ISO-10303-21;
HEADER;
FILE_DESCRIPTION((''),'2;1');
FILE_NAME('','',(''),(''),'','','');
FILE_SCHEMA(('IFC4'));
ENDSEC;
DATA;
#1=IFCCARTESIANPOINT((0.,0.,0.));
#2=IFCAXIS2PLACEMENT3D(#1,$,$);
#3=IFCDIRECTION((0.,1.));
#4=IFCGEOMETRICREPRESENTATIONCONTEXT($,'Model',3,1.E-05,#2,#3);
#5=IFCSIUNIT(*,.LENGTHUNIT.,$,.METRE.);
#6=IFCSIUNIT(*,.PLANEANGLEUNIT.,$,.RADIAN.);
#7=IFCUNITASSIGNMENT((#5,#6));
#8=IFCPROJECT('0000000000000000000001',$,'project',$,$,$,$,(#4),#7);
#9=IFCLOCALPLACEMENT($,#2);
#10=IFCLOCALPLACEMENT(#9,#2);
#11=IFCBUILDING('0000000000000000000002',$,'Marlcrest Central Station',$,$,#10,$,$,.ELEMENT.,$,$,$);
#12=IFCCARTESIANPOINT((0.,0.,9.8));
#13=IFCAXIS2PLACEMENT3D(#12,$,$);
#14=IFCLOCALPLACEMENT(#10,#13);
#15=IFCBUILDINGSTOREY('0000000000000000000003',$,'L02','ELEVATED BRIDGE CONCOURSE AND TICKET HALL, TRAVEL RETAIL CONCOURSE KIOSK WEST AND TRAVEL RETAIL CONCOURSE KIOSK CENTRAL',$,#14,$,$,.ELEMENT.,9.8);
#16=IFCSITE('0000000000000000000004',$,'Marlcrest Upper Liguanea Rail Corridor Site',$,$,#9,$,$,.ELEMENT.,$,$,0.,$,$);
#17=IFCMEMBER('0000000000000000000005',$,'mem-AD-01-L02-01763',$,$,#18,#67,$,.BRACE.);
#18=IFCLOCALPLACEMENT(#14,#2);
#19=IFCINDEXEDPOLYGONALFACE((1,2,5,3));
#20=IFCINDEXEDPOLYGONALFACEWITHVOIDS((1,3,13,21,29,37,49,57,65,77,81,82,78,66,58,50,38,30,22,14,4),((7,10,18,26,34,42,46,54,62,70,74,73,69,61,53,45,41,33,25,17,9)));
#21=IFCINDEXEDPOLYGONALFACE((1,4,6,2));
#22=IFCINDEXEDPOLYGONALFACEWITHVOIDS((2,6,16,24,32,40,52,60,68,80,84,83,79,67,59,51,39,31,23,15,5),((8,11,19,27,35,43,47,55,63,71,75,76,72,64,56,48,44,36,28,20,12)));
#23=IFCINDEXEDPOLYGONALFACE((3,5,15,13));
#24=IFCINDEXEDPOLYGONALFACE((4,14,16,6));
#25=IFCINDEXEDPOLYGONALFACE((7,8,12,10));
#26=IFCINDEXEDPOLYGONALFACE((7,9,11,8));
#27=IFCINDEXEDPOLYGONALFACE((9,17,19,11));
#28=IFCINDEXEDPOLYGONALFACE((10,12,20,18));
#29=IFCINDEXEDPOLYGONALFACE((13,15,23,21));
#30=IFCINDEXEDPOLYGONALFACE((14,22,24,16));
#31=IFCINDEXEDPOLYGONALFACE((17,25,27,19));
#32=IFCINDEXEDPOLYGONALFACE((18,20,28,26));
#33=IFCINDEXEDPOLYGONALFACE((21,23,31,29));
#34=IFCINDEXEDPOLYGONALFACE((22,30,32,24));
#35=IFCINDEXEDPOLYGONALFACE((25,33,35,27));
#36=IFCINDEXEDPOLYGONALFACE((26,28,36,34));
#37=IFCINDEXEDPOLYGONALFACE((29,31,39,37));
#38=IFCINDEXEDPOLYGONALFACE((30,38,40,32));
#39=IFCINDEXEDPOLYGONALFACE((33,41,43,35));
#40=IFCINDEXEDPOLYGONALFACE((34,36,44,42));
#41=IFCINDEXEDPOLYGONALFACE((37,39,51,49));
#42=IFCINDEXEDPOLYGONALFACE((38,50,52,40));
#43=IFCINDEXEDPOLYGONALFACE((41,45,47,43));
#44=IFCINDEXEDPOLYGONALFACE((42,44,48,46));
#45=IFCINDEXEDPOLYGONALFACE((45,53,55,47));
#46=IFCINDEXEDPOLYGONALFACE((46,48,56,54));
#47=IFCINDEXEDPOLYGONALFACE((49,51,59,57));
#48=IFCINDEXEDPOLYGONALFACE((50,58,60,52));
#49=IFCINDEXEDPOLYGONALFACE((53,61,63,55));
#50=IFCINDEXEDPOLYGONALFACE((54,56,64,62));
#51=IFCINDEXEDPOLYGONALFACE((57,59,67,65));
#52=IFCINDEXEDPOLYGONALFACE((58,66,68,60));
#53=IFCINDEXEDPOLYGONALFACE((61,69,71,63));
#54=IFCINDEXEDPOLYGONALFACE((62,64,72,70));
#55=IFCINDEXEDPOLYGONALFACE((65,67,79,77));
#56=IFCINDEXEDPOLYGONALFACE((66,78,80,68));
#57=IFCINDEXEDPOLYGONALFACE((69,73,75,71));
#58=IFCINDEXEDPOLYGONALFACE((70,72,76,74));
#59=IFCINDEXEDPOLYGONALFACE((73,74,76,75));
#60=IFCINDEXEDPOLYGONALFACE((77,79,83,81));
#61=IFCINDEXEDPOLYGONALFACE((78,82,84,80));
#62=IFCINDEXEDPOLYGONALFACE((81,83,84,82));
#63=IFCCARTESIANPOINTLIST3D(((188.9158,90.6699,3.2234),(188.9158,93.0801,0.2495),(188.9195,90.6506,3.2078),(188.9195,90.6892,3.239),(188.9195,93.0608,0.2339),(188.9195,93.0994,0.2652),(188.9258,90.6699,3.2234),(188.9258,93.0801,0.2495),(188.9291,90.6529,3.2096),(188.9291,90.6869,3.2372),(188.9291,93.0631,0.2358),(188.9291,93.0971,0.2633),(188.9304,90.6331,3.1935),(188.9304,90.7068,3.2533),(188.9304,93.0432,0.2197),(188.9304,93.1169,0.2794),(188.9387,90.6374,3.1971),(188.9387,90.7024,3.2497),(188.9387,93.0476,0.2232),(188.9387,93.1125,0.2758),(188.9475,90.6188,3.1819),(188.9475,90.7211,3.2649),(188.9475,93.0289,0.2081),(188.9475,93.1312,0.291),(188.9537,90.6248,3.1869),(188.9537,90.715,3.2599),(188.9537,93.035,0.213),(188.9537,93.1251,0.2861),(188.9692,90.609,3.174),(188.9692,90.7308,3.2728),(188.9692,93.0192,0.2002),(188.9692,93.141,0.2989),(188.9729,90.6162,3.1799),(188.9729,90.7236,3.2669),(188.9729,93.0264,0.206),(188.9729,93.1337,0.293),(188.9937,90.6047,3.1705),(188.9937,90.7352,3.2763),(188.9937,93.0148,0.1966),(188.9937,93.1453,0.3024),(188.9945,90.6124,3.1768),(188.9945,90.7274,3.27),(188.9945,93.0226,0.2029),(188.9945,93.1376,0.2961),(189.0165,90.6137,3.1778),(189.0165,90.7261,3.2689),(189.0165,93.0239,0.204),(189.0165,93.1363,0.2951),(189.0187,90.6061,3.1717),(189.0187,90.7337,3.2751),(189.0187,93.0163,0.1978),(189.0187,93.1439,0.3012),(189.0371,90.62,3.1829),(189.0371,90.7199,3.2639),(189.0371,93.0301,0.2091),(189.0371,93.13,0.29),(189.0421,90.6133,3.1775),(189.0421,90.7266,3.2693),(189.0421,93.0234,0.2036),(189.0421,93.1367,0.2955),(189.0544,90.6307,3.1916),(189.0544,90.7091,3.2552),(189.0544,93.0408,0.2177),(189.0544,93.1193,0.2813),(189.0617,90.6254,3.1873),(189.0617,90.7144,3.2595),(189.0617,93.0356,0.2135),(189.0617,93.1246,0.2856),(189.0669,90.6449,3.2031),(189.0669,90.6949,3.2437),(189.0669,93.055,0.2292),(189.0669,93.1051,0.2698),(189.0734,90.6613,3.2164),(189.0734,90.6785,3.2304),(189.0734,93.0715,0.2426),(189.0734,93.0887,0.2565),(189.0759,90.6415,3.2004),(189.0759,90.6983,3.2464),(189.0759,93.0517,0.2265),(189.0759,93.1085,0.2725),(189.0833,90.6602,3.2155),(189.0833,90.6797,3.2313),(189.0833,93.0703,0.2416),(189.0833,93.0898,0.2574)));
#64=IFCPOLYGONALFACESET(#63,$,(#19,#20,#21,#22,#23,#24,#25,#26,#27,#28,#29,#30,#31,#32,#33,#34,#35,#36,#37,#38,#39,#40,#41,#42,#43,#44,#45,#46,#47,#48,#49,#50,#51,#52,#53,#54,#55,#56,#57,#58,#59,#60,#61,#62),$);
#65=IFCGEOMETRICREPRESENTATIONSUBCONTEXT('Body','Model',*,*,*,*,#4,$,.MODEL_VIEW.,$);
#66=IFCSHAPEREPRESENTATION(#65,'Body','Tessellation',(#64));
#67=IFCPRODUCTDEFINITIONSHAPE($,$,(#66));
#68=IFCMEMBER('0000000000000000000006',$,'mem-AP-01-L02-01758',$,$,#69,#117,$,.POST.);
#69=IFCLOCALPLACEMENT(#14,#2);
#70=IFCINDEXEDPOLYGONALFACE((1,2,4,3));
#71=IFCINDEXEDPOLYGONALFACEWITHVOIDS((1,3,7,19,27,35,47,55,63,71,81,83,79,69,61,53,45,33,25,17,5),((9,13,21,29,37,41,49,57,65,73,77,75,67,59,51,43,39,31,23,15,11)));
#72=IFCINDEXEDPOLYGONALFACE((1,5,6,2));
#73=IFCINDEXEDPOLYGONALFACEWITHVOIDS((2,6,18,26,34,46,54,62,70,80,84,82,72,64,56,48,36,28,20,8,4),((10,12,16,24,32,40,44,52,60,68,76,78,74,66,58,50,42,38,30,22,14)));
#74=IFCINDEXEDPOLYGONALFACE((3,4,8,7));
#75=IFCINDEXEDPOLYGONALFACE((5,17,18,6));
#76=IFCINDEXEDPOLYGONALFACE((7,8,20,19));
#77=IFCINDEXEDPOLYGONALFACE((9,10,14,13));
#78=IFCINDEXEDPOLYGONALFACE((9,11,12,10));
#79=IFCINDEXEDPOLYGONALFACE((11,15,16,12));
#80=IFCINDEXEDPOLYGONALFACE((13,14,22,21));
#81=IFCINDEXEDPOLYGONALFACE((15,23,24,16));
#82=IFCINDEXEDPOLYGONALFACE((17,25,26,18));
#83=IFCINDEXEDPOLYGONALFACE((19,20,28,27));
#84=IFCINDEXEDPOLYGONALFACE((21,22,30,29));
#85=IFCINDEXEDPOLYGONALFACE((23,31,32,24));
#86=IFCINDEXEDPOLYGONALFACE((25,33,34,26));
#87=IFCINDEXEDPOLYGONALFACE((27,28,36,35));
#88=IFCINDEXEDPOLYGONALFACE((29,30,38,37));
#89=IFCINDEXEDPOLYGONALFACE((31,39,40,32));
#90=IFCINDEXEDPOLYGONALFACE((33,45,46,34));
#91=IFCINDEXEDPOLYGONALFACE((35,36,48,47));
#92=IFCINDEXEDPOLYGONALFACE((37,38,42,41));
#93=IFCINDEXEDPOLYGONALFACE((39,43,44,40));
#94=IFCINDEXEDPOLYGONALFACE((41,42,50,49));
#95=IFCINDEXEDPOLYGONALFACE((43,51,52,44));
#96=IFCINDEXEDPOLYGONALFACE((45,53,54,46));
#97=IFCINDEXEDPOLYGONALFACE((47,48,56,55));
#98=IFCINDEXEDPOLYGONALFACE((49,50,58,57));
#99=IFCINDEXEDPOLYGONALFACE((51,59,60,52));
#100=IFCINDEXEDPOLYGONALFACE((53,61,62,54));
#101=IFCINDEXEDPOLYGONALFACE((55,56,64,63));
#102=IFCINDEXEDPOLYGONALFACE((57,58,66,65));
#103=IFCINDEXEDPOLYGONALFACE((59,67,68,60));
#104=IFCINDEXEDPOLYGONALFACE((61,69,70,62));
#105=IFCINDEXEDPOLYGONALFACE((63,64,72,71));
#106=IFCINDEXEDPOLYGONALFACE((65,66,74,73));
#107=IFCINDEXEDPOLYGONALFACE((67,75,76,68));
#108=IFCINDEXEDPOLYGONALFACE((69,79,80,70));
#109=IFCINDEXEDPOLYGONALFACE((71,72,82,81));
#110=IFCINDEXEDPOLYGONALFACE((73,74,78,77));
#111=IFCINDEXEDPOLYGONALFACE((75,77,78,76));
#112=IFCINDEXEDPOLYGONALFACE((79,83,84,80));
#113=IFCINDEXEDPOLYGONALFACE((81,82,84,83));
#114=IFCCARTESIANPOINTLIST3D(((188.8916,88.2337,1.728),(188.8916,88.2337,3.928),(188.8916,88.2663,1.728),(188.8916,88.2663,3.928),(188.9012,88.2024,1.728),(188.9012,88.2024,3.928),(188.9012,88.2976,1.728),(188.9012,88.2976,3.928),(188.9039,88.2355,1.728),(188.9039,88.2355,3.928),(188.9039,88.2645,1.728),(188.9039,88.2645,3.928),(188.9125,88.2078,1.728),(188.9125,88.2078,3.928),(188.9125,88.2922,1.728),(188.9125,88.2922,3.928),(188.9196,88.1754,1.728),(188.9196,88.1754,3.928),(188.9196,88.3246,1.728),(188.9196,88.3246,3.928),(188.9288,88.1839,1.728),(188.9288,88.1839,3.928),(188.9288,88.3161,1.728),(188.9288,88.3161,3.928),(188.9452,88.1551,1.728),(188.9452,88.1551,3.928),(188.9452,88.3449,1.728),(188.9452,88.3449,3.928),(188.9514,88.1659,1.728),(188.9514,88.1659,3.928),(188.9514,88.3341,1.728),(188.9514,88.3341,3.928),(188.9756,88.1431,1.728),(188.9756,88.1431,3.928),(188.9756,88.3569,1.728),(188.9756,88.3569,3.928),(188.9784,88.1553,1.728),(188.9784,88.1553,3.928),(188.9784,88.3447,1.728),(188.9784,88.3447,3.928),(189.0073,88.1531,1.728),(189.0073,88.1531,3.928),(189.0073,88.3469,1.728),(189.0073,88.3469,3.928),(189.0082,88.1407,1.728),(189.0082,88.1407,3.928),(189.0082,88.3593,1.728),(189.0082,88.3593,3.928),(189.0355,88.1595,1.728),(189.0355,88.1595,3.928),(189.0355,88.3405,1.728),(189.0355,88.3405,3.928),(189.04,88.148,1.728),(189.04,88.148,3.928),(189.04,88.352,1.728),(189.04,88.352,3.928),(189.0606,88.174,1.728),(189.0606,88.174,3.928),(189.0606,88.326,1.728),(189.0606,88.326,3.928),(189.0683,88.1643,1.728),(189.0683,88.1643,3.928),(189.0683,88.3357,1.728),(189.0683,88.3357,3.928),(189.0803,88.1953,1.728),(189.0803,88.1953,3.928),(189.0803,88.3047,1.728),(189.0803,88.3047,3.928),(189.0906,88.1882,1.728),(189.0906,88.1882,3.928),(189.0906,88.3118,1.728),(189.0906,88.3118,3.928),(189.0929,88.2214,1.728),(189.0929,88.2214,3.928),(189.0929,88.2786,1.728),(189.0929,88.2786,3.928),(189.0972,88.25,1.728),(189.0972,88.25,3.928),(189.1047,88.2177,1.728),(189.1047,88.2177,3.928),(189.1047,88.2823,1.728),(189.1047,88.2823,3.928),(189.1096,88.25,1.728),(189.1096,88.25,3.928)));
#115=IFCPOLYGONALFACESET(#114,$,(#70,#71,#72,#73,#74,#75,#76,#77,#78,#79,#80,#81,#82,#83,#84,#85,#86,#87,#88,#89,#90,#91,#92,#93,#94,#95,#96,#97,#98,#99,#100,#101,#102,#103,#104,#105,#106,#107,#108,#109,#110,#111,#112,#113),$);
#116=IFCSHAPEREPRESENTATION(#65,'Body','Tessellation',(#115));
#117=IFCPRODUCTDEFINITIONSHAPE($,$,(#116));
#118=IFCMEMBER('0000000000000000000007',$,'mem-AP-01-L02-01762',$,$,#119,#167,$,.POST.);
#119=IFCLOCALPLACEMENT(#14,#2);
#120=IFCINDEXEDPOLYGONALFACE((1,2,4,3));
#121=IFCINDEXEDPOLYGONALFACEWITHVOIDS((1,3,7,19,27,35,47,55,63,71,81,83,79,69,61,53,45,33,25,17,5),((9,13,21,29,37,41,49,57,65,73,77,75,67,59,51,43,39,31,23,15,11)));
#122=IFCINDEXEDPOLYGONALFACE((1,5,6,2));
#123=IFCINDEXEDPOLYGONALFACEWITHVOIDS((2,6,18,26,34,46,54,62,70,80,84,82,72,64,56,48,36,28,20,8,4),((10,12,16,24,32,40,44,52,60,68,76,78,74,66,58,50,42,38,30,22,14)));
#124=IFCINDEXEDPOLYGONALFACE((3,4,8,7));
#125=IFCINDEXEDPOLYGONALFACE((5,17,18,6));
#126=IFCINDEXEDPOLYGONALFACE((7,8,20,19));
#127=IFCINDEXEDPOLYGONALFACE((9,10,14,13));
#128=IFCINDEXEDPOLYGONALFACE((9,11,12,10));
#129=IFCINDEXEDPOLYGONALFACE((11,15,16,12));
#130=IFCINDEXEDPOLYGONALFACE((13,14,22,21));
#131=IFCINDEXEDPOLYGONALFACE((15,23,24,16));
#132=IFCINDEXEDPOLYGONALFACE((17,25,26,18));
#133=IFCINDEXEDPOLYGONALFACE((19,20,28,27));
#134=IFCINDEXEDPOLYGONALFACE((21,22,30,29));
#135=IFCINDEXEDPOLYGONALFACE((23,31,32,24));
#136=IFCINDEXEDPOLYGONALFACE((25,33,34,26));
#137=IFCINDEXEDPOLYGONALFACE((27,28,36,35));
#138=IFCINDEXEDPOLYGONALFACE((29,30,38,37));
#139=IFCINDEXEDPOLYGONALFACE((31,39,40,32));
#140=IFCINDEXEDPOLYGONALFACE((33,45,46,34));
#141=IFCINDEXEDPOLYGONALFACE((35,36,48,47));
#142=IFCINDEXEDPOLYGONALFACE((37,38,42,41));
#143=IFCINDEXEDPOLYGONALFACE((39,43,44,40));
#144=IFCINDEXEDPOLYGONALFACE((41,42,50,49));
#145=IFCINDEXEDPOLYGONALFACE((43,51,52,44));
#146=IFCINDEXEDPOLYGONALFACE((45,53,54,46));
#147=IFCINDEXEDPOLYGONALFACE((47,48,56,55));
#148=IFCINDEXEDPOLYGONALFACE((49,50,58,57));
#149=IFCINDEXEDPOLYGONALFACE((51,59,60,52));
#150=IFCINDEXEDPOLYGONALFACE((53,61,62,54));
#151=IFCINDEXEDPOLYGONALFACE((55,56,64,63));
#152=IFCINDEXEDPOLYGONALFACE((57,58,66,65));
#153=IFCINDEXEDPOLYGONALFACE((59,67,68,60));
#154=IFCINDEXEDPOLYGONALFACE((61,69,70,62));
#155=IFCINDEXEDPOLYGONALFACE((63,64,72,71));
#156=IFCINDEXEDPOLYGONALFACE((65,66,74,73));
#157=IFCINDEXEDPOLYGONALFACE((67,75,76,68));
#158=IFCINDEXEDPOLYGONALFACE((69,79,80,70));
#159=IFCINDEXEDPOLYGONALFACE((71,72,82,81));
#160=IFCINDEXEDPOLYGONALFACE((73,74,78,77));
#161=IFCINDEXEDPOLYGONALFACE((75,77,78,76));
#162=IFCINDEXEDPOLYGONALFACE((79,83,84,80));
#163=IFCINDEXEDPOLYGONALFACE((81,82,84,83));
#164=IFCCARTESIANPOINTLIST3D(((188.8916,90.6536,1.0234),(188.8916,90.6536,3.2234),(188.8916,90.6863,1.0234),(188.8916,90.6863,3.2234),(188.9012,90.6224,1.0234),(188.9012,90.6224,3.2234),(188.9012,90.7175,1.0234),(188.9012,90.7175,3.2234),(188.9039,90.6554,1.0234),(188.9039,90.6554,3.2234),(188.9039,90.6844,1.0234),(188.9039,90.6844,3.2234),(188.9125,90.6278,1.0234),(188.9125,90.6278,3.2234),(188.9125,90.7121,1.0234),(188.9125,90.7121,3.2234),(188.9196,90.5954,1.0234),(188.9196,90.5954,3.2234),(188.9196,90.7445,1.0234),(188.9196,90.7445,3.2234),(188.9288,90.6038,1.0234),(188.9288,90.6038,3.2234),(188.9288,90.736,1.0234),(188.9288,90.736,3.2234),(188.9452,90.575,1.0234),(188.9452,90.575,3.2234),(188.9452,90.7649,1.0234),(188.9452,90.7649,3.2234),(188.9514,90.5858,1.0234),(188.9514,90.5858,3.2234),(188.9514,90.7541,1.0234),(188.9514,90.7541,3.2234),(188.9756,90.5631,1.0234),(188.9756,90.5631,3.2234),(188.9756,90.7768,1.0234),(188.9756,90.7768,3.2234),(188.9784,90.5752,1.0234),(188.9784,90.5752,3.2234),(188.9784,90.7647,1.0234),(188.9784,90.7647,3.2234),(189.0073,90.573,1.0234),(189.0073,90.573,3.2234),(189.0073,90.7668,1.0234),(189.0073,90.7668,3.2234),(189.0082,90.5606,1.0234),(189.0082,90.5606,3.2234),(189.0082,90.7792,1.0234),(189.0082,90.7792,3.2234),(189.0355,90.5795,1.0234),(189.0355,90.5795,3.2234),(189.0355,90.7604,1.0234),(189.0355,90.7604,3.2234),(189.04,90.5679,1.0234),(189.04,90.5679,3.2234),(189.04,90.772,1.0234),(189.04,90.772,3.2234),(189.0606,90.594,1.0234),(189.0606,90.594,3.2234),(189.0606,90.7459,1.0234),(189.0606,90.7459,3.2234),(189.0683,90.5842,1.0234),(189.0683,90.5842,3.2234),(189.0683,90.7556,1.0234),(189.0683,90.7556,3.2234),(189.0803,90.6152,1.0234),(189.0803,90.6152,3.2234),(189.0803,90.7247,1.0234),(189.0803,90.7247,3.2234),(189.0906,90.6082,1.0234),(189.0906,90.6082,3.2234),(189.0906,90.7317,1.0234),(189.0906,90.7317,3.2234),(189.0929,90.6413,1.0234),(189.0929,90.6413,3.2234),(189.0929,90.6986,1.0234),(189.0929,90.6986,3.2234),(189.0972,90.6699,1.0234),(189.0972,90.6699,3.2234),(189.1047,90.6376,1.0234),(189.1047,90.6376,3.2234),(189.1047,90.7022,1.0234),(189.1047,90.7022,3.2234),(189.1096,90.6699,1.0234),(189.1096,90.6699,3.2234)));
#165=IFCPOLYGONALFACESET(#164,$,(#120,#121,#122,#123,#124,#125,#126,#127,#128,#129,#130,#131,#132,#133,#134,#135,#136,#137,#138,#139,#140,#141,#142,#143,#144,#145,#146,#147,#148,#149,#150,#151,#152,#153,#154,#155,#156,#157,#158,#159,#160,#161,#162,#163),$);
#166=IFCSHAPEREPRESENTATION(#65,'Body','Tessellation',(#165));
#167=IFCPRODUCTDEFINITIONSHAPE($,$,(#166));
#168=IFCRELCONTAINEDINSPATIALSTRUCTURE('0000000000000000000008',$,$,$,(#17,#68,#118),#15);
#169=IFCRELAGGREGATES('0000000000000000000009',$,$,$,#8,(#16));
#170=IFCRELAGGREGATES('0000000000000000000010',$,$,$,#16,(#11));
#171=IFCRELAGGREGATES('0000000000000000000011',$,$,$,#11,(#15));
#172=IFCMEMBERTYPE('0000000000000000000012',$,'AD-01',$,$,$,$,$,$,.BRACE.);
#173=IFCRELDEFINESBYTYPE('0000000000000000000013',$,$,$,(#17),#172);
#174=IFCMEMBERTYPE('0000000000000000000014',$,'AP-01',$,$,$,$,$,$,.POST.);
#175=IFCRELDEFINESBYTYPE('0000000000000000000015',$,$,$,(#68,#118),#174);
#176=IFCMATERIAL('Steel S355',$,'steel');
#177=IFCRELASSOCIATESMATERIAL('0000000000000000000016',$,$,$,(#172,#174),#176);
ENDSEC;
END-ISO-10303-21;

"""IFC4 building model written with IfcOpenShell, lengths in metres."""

from ifc_helpers import new_model, si_unit, direction, frame, origin, origin_2d, place, context, subcontext, project, spatial, hollow_circle, extrude, material, material_profile, profile_set, type_object, element, save


model = new_model("IFC4")

# Units and contexts
model_context = context("Model", 3, precision=1e-05, world=origin(), true_north=direction((0.0, 1.0)))
body_context = subcontext(model_context, "Body", "Model", "MODEL_VIEW")
ifc_project = project(units=[si_unit("LENGTHUNIT", "METRE"), si_unit("PLANEANGLEUNIT", "RADIAN")], contexts=[model_context])

# Site, building, storey
site_placement = place(None, origin())
site = spatial("IfcSite", under=ifc_project, at=site_placement, Name="Marlcrest Upper Liguanea Rail Corridor Site", CompositionType="ELEMENT", RefElevation=0.0)
building_placement = place(site_placement, origin())
building = spatial("IfcBuilding", under=site, at=building_placement, Name="Marlcrest Central Station", CompositionType="ELEMENT")
storey_placement = place(building_placement, frame((0.0, 0.0, 9.8)))
storey = spatial("IfcBuildingStorey", under=building, at=storey_placement, Name="L02", Description="ELEVATED BRIDGE CONCOURSE AND TICKET HALL, TRAVEL RETAIL CONCOURSE KIOSK WEST AND TRAVEL RETAIL CONCOURSE KIOSK CENTRAL", CompositionType="ELEMENT", Elevation=9.8)

# Members
ifc_material_1 = material(Name="Steel S355", Category="steel")
ifc_material_profile_1 = material_profile(ifc_material_1, hollow_circle(Radius=0.0842, WallThickness=0.01, at=origin_2d()), Name="CHS 168.3x10")
ifc_profile_set_1 = profile_set([ifc_material_profile_1], Name="Steel S355")
member_type_1 = type_object("IfcMemberType", Name="AD-01", PredefinedType="BRACE", material=ifc_profile_set_1)
member_1_placement = place(storey_placement, frame((189.0, 90.6699, 3.2234), z_axis=(0.0, 0.629629, -0.776896), x_axis=(-1.0, 0.0, 0.0)))
element("IfcMember", 1, at=member_1_placement, inside=storey, type_object=member_type_1, Name="mem-AD-01-L02-01763", PredefinedType="BRACE", context=body_context, shape_type="SweptSolid", body=[
    extrude(hollow_circle(Radius=0.0842, WallThickness=0.01, at=origin_2d()), origin(), (0.0, 0.0, 1.0), 3.8279),
])
ifc_material_profile_2 = material_profile(ifc_material_1, hollow_circle(Radius=0.1096, WallThickness=0.0125, at=origin_2d()), Name="CHS 219.1x12.5")
ifc_profile_set_2 = profile_set([ifc_material_profile_2], Name="Steel S355")
member_type_2 = type_object("IfcMemberType", Name="AP-01", PredefinedType="POST", material=ifc_profile_set_2)
for number, where, z_axis, x_axis, name in (
    (2, (189.0, 88.25, 1.728), (0.0, 0.0, 1.0), (1.0, 0.0, 0.0), "mem-AP-01-L02-01758"),
    (3, (189.0, 90.6699, 1.0234), (0.0, 0.0, 1.0), (1.0, 0.0, 0.0), "mem-AP-01-L02-01762"),
):
    element("IfcMember", number, at=place(storey_placement, frame(where, z_axis=z_axis, x_axis=x_axis)), inside=storey, type_object=member_type_2, Name=name, PredefinedType="POST", context=body_context, shape_type="SweptSolid", body=[
        extrude(hollow_circle(Radius=0.1096, WallThickness=0.0125, at=origin_2d()), origin(), (0.0, 0.0, 1.0), 2.2),
    ])

save(model, "model.ifc")
